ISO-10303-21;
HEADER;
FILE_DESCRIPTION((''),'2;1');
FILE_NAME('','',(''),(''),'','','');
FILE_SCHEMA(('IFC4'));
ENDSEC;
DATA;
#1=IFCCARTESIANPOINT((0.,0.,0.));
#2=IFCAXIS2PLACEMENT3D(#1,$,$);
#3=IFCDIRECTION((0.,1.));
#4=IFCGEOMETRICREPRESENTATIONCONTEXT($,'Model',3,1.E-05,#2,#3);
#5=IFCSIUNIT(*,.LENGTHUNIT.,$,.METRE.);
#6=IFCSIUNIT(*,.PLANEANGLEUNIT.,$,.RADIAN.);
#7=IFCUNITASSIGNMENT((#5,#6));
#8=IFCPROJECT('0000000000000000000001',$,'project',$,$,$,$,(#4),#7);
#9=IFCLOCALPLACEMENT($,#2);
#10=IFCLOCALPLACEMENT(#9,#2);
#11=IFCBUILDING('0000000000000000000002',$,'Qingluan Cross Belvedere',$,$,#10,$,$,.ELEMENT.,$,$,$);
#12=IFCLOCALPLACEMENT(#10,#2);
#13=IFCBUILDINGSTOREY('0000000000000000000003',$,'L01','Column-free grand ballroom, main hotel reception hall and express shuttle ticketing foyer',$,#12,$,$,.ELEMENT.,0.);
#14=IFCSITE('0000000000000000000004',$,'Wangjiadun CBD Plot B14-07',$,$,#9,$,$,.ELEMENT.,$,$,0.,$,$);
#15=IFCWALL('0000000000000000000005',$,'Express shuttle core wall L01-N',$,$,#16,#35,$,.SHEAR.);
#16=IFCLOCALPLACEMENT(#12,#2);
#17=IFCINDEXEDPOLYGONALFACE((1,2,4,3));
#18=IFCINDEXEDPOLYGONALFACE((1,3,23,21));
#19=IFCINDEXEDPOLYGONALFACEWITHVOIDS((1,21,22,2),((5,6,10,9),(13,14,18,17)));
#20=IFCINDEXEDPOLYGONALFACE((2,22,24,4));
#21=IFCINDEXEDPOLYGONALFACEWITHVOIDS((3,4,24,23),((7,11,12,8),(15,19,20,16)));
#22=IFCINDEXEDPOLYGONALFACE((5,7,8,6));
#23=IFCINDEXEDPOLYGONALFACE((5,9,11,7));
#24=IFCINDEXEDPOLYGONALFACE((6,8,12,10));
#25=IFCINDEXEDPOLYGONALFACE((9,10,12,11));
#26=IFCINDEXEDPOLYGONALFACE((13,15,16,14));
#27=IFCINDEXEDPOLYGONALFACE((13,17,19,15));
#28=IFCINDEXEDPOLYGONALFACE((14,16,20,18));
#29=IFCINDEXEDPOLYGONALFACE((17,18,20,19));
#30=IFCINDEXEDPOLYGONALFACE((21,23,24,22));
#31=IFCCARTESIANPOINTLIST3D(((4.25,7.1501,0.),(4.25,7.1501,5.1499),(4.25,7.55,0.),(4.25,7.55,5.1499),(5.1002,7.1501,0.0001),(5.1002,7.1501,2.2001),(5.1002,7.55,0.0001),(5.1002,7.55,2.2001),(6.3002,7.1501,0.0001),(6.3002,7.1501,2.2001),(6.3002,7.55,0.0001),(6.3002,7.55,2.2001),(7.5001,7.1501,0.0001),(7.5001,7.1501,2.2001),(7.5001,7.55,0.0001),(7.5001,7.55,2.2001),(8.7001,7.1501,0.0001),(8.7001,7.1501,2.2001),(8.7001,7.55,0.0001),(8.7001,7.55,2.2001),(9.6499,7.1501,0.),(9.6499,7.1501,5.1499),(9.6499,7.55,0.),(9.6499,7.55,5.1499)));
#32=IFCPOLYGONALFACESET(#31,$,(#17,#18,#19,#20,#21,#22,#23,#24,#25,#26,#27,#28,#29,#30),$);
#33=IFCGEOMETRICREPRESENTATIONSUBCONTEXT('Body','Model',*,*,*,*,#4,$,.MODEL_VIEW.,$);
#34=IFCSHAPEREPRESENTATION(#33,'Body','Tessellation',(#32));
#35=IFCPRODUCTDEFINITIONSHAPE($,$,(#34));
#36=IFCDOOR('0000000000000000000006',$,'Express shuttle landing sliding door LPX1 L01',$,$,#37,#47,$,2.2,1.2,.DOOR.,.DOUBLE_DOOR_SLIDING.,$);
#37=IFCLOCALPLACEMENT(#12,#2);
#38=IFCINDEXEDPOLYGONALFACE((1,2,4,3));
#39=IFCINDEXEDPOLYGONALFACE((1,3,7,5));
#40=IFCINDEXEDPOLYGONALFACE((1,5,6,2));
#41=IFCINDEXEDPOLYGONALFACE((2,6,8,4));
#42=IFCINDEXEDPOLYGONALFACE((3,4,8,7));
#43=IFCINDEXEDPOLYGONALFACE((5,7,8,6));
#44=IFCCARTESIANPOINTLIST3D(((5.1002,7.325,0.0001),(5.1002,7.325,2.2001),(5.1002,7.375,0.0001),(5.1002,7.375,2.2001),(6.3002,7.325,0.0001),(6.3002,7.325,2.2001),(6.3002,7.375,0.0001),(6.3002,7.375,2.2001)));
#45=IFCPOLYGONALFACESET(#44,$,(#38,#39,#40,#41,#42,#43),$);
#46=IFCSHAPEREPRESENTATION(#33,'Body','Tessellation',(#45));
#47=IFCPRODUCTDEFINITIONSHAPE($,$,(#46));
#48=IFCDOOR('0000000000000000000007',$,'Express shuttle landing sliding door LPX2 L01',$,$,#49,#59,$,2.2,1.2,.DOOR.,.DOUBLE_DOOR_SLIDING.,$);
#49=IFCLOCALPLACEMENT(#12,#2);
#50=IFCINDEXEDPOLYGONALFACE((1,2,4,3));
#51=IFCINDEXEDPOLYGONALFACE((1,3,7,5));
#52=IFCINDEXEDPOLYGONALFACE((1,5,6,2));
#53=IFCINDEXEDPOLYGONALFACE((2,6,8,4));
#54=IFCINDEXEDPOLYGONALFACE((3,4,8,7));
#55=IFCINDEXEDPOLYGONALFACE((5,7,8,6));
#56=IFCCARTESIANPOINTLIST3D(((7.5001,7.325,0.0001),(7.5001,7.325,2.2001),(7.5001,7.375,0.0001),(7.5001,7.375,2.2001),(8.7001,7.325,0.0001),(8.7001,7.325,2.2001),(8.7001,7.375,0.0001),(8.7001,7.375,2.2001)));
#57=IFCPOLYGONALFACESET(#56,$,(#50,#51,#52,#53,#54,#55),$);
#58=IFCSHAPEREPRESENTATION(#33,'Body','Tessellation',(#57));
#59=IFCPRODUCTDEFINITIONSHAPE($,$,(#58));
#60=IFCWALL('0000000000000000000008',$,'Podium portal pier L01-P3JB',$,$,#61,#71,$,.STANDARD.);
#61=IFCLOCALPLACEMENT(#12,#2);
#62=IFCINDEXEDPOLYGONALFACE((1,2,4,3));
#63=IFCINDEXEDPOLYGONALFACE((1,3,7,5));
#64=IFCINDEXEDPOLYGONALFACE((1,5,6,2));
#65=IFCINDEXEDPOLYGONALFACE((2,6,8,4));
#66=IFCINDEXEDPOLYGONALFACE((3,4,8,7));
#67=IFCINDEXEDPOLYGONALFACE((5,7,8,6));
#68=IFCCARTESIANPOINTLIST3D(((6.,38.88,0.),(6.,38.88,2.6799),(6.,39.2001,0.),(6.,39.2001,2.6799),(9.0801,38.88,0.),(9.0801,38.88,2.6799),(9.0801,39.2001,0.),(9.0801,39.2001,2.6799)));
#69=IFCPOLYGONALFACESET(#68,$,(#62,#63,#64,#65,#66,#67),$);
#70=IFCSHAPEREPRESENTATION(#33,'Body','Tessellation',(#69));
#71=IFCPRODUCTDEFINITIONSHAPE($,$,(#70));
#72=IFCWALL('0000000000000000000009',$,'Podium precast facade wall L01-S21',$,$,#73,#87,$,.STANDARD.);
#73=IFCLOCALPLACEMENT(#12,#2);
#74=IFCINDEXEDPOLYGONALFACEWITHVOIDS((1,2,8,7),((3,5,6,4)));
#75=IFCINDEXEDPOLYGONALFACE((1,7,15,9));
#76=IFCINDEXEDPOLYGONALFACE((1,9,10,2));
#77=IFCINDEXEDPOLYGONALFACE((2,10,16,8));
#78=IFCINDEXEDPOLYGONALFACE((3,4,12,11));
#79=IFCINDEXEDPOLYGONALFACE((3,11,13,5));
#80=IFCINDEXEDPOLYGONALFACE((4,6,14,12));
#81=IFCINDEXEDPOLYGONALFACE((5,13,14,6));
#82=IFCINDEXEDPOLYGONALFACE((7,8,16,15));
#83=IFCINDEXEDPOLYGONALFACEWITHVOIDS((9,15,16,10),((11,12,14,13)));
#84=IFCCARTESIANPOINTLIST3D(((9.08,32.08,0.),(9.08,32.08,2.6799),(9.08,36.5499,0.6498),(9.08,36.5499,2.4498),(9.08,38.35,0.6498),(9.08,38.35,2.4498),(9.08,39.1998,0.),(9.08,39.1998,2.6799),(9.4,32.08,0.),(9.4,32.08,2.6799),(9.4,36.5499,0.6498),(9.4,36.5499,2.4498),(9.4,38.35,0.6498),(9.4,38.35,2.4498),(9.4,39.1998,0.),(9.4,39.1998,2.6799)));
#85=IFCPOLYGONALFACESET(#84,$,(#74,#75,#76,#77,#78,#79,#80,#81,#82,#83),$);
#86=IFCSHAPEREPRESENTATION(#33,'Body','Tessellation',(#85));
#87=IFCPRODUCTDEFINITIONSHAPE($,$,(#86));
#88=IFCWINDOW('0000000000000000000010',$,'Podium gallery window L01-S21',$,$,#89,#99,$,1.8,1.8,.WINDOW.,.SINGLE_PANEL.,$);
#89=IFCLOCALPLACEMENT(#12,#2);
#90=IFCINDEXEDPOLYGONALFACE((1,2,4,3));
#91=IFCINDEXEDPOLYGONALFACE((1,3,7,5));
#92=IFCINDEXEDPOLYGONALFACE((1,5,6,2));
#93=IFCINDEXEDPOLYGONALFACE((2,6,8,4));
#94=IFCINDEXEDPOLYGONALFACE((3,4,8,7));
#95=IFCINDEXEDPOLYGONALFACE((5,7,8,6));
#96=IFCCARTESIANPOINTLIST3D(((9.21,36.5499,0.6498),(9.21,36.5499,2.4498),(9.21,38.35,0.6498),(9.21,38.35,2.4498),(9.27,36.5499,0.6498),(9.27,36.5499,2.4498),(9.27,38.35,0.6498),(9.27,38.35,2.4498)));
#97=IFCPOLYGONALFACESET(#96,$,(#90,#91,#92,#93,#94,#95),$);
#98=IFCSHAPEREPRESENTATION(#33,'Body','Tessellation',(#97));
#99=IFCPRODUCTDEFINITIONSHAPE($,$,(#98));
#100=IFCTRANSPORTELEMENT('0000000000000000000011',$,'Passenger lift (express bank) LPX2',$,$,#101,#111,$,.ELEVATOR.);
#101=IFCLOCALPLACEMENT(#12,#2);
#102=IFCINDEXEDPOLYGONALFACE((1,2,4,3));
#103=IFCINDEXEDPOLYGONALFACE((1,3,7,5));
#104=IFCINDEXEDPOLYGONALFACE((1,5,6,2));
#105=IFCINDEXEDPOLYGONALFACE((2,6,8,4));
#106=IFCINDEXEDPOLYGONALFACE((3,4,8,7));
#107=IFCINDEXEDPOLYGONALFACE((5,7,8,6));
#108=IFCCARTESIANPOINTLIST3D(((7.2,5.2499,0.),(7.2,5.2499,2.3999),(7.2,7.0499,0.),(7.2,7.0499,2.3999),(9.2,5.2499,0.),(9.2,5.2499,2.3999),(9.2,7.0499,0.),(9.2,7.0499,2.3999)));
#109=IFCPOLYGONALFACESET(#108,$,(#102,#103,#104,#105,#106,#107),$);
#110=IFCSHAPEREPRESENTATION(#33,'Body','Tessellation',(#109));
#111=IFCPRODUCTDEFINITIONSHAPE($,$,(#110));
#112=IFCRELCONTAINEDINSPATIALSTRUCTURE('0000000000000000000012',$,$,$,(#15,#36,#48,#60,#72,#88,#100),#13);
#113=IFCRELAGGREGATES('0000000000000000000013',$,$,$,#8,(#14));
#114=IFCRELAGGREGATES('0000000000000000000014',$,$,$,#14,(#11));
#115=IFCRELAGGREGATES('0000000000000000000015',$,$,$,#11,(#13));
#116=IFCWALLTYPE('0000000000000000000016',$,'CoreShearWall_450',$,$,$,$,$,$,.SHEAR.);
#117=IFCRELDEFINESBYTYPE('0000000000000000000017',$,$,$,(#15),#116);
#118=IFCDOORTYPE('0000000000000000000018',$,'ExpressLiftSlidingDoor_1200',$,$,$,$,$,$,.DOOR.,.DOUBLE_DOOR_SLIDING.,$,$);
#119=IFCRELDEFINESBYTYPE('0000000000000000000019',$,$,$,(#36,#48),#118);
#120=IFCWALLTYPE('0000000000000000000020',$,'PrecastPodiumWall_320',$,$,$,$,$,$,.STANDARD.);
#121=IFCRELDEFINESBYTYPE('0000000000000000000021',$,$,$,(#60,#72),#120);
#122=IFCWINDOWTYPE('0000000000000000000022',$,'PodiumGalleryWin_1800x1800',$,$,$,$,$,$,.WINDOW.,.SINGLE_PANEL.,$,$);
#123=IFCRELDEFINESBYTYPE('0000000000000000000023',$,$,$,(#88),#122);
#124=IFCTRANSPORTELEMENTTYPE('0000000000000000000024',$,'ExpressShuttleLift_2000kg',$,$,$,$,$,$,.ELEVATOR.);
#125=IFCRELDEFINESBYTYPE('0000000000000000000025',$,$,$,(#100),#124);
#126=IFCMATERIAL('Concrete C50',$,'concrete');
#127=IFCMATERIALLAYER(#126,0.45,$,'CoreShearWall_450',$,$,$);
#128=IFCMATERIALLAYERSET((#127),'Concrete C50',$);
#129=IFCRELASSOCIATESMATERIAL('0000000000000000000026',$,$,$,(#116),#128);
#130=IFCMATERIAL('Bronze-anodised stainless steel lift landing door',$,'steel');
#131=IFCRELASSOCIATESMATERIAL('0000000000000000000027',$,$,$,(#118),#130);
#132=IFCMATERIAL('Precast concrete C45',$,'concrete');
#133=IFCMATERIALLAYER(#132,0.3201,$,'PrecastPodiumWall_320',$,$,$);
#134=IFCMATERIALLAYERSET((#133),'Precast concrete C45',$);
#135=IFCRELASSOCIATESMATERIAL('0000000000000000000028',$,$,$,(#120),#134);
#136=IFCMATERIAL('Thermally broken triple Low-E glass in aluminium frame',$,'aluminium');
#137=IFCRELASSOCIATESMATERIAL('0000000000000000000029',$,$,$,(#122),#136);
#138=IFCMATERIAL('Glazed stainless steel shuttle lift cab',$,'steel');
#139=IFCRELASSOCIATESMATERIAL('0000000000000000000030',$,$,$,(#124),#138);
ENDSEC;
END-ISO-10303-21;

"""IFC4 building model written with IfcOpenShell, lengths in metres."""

from ifc_helpers import new_model, si_unit, direction, frame, frame_2d, origin, origin_2d, place, context, subcontext, project, spatial, rectangle, extrude, material, layer, layer_set, type_object, element, fill, save


model = new_model("IFC4")

# Units and contexts
model_context = context("Model", 3, precision=1e-05, world=origin(), true_north=direction((0.0, 1.0)))
body_context = subcontext(model_context, "Body", "Model", "MODEL_VIEW")
ifc_project = project(units=[si_unit("LENGTHUNIT", "METRE"), si_unit("PLANEANGLEUNIT", "RADIAN")], contexts=[model_context])

# Site, building, storey
site_placement = place(None, origin())
site = spatial("IfcSite", under=ifc_project, at=site_placement, Name="Wangjiadun CBD Plot B14-07", CompositionType="ELEMENT", RefElevation=0.0)
building_placement = place(site_placement, origin())
building = spatial("IfcBuilding", under=site, at=building_placement, Name="Qingluan Cross Belvedere", CompositionType="ELEMENT")
storey_placement = place(building_placement, origin())
storey = spatial("IfcBuildingStorey", under=building, at=storey_placement, Name="L01", Description="Column-free grand ballroom, main hotel reception hall and express shuttle ticketing foyer", CompositionType="ELEMENT", Elevation=0.0)

# Wall, openings, doors
ifc_material_1 = material(Name="Concrete C50", Category="concrete")
ifc_layer_1 = layer(ifc_material_1, 0.45, Name="CoreShearWall_450")
ifc_layer_set_1 = layer_set([ifc_layer_1], Name="Concrete C50")
wall_type_1 = type_object("IfcWallType", Name="CoreShearWall_450", PredefinedType="SHEAR", material=ifc_layer_set_1)
wall_1_placement = place(storey_placement, frame((4.25, 7.3501, 0.0), z_axis=(0.0, 0.0, 1.0), x_axis=(1.0, 0.0, 0.0)))
wall_1 = element("IfcWall", 1, at=wall_1_placement, inside=storey, type_object=wall_type_1, Name="Express shuttle core wall L01-N", PredefinedType="SHEAR", context=body_context, shape_type="SweptSolid", body=[
    extrude(rectangle(XDim=5.3999, YDim=0.3999, at=frame_2d((2.7, 0.0))), origin(), (0.0, 0.0, 1.0), 5.1499),
])
opening_1_placement = place(wall_1_placement, frame((0.8501, 0.0, 0.0)))
opening_1 = element("IfcOpeningElement", 2, at=opening_1_placement, cuts=wall_1, PredefinedType="OPENING", context=body_context, shape_type="SweptSolid", body=[
    extrude(rectangle(XDim=1.2, YDim=2.2, at=frame_2d((0.6001, 1.1001))), frame((0.0, 0.21, 0.0), z_axis=(0.0, -1.0, 0.0), x_axis=(1.0, 0.0, 0.0)), (0.0, 0.0, 1.0), 0.4199),
])
opening_2_placement = place(wall_1_placement, frame((3.25, 0.0, 0.0)))
opening_2 = element("IfcOpeningElement", 3, at=opening_2_placement, cuts=wall_1, PredefinedType="OPENING", context=body_context, shape_type="SweptSolid", body=[
    extrude(rectangle(XDim=1.2, YDim=2.2, at=frame_2d((0.6001, 1.1001))), frame((0.0, 0.21, 0.0), z_axis=(0.0, -1.0, 0.0), x_axis=(1.0, 0.0, 0.0)), (0.0, 0.0, 1.0), 0.4199),
])
ifc_material_2 = material(Name="Bronze-anodised stainless steel lift landing door", Category="steel")
door_type = type_object("IfcDoorType", Name="ExpressLiftSlidingDoor_1200", OperationType="DOUBLE_DOOR_SLIDING", PredefinedType="DOOR", material=ifc_material_2)
door_1_placement = place(opening_1_placement, origin())
door_1 = element("IfcDoor", 4, at=door_1_placement, inside=storey, type_object=door_type, Name="Express shuttle landing sliding door LPX1 L01", OperationType="DOUBLE_DOOR_SLIDING", OverallHeight=2.2, OverallWidth=1.2, PredefinedType="DOOR", context=body_context, shape_type="SweptSolid", body=[
    extrude(rectangle(XDim=1.2, YDim=2.2, at=frame_2d((0.6001, 1.1001))), frame((0.0, 0.0249, 0.0), z_axis=(0.0, -1.0, 0.0), x_axis=(1.0, 0.0, 0.0)), (0.0, 0.0, 1.0), 0.05),
])
fill(opening_1, door_1)
door_2_placement = place(opening_2_placement, origin())
door_2 = element("IfcDoor", 5, at=door_2_placement, inside=storey, type_object=door_type, Name="Express shuttle landing sliding door LPX2 L01", OperationType="DOUBLE_DOOR_SLIDING", OverallHeight=2.2, OverallWidth=1.2, PredefinedType="DOOR", context=body_context, shape_type="SweptSolid", body=[
    extrude(rectangle(XDim=1.2, YDim=2.2, at=frame_2d((0.6001, 1.1001))), frame((0.0, 0.0249, 0.0), z_axis=(0.0, -1.0, 0.0), x_axis=(1.0, 0.0, 0.0)), (0.0, 0.0, 1.0), 0.05),
])
fill(opening_2, door_2)

# Wall
ifc_material_3 = material(Name="Precast concrete C45", Category="concrete")
ifc_layer_2 = layer(ifc_material_3, 0.3201, Name="PrecastPodiumWall_320")
ifc_layer_set_2 = layer_set([ifc_layer_2], Name="Precast concrete C45")
wall_type_2 = type_object("IfcWallType", Name="PrecastPodiumWall_320", PredefinedType="STANDARD", material=ifc_layer_set_2)
wall_2_placement = place(storey_placement, frame((6.0, 39.04, 0.0), z_axis=(0.0, 0.0, 1.0), x_axis=(1.0, 0.0, 0.0)))
element("IfcWall", 6, at=wall_2_placement, inside=storey, type_object=wall_type_2, Name="Podium portal pier L01-P3JB", PredefinedType="STANDARD", context=body_context, shape_type="SweptSolid", body=[
    extrude(rectangle(XDim=3.0801, YDim=0.3201, at=frame_2d((1.54, 0.0))), origin(), (0.0, 0.0, 1.0), 2.6799),
])

# Wall, opening, window
wall_3_placement = place(storey_placement, frame((9.24, 39.2, 0.0), z_axis=(0.0, 0.0, 1.0), x_axis=(0.0, -1.0, 0.0)))
wall_3 = element("IfcWall", 7, at=wall_3_placement, inside=storey, type_object=wall_type_2, Name="Podium precast facade wall L01-S21", PredefinedType="STANDARD", context=body_context, shape_type="SweptSolid", body=[
    extrude(rectangle(XDim=7.1199, YDim=0.3201, at=frame_2d((3.5601, 0.0))), origin(), (0.0, 0.0, 1.0), 2.6799),
])
opening_3_placement = place(wall_3_placement, frame((0.8501, 0.0, 0.6499)))
opening_3 = element("IfcOpeningElement", 8, at=opening_3_placement, cuts=wall_3, PredefinedType="OPENING", context=body_context, shape_type="SweptSolid", body=[
    extrude(rectangle(XDim=1.8, YDim=1.8, at=frame_2d((0.8999, 0.8999))), frame((0.0, 0.1699, 0.0), z_axis=(0.0, -1.0, 0.0), x_axis=(1.0, 0.0, 0.0)), (0.0, 0.0, 1.0), 0.3401),
])
ifc_material_4 = material(Name="Thermally broken triple Low-E glass in aluminium frame", Category="aluminium")
window_type = type_object("IfcWindowType", Name="PodiumGalleryWin_1800x1800", PartitioningType="SINGLE_PANEL", PredefinedType="WINDOW", material=ifc_material_4)
window_placement = place(opening_3_placement, origin())
window = element("IfcWindow", 9, at=window_placement, inside=storey, type_object=window_type, Name="Podium gallery window L01-S21", OverallHeight=1.8, OverallWidth=1.8, PartitioningType="SINGLE_PANEL", PredefinedType="WINDOW", context=body_context, shape_type="SweptSolid", body=[
    extrude(rectangle(XDim=1.8, YDim=1.8, at=frame_2d((0.8999, 0.8999))), frame((0.0, 0.03, 0.0), z_axis=(0.0, -1.0, 0.0), x_axis=(1.0, 0.0, 0.0)), (0.0, 0.0, 1.0), 0.0601),
])
fill(opening_3, window)

# Transport element
ifc_material_5 = material(Name="Glazed stainless steel shuttle lift cab", Category="steel")
transport_element_type = type_object("IfcTransportElementType", Name="ExpressShuttleLift_2000kg", PredefinedType="ELEVATOR", material=ifc_material_5)
transport_element_placement = place(storey_placement, frame((8.2, 6.1499, 0.0), z_axis=(0.0, 0.0, 1.0), x_axis=(1.0, 0.0, 0.0)))
element("IfcTransportElement", 10, at=transport_element_placement, inside=storey, type_object=transport_element_type, Name="Passenger lift (express bank) LPX2", PredefinedType="ELEVATOR", context=body_context, shape_type="SweptSolid", body=[
    extrude(rectangle(XDim=2.0, YDim=1.8, at=origin_2d()), origin(), (0.0, 0.0, 1.0), 2.3999),
])

save(model, "model.ifc")
